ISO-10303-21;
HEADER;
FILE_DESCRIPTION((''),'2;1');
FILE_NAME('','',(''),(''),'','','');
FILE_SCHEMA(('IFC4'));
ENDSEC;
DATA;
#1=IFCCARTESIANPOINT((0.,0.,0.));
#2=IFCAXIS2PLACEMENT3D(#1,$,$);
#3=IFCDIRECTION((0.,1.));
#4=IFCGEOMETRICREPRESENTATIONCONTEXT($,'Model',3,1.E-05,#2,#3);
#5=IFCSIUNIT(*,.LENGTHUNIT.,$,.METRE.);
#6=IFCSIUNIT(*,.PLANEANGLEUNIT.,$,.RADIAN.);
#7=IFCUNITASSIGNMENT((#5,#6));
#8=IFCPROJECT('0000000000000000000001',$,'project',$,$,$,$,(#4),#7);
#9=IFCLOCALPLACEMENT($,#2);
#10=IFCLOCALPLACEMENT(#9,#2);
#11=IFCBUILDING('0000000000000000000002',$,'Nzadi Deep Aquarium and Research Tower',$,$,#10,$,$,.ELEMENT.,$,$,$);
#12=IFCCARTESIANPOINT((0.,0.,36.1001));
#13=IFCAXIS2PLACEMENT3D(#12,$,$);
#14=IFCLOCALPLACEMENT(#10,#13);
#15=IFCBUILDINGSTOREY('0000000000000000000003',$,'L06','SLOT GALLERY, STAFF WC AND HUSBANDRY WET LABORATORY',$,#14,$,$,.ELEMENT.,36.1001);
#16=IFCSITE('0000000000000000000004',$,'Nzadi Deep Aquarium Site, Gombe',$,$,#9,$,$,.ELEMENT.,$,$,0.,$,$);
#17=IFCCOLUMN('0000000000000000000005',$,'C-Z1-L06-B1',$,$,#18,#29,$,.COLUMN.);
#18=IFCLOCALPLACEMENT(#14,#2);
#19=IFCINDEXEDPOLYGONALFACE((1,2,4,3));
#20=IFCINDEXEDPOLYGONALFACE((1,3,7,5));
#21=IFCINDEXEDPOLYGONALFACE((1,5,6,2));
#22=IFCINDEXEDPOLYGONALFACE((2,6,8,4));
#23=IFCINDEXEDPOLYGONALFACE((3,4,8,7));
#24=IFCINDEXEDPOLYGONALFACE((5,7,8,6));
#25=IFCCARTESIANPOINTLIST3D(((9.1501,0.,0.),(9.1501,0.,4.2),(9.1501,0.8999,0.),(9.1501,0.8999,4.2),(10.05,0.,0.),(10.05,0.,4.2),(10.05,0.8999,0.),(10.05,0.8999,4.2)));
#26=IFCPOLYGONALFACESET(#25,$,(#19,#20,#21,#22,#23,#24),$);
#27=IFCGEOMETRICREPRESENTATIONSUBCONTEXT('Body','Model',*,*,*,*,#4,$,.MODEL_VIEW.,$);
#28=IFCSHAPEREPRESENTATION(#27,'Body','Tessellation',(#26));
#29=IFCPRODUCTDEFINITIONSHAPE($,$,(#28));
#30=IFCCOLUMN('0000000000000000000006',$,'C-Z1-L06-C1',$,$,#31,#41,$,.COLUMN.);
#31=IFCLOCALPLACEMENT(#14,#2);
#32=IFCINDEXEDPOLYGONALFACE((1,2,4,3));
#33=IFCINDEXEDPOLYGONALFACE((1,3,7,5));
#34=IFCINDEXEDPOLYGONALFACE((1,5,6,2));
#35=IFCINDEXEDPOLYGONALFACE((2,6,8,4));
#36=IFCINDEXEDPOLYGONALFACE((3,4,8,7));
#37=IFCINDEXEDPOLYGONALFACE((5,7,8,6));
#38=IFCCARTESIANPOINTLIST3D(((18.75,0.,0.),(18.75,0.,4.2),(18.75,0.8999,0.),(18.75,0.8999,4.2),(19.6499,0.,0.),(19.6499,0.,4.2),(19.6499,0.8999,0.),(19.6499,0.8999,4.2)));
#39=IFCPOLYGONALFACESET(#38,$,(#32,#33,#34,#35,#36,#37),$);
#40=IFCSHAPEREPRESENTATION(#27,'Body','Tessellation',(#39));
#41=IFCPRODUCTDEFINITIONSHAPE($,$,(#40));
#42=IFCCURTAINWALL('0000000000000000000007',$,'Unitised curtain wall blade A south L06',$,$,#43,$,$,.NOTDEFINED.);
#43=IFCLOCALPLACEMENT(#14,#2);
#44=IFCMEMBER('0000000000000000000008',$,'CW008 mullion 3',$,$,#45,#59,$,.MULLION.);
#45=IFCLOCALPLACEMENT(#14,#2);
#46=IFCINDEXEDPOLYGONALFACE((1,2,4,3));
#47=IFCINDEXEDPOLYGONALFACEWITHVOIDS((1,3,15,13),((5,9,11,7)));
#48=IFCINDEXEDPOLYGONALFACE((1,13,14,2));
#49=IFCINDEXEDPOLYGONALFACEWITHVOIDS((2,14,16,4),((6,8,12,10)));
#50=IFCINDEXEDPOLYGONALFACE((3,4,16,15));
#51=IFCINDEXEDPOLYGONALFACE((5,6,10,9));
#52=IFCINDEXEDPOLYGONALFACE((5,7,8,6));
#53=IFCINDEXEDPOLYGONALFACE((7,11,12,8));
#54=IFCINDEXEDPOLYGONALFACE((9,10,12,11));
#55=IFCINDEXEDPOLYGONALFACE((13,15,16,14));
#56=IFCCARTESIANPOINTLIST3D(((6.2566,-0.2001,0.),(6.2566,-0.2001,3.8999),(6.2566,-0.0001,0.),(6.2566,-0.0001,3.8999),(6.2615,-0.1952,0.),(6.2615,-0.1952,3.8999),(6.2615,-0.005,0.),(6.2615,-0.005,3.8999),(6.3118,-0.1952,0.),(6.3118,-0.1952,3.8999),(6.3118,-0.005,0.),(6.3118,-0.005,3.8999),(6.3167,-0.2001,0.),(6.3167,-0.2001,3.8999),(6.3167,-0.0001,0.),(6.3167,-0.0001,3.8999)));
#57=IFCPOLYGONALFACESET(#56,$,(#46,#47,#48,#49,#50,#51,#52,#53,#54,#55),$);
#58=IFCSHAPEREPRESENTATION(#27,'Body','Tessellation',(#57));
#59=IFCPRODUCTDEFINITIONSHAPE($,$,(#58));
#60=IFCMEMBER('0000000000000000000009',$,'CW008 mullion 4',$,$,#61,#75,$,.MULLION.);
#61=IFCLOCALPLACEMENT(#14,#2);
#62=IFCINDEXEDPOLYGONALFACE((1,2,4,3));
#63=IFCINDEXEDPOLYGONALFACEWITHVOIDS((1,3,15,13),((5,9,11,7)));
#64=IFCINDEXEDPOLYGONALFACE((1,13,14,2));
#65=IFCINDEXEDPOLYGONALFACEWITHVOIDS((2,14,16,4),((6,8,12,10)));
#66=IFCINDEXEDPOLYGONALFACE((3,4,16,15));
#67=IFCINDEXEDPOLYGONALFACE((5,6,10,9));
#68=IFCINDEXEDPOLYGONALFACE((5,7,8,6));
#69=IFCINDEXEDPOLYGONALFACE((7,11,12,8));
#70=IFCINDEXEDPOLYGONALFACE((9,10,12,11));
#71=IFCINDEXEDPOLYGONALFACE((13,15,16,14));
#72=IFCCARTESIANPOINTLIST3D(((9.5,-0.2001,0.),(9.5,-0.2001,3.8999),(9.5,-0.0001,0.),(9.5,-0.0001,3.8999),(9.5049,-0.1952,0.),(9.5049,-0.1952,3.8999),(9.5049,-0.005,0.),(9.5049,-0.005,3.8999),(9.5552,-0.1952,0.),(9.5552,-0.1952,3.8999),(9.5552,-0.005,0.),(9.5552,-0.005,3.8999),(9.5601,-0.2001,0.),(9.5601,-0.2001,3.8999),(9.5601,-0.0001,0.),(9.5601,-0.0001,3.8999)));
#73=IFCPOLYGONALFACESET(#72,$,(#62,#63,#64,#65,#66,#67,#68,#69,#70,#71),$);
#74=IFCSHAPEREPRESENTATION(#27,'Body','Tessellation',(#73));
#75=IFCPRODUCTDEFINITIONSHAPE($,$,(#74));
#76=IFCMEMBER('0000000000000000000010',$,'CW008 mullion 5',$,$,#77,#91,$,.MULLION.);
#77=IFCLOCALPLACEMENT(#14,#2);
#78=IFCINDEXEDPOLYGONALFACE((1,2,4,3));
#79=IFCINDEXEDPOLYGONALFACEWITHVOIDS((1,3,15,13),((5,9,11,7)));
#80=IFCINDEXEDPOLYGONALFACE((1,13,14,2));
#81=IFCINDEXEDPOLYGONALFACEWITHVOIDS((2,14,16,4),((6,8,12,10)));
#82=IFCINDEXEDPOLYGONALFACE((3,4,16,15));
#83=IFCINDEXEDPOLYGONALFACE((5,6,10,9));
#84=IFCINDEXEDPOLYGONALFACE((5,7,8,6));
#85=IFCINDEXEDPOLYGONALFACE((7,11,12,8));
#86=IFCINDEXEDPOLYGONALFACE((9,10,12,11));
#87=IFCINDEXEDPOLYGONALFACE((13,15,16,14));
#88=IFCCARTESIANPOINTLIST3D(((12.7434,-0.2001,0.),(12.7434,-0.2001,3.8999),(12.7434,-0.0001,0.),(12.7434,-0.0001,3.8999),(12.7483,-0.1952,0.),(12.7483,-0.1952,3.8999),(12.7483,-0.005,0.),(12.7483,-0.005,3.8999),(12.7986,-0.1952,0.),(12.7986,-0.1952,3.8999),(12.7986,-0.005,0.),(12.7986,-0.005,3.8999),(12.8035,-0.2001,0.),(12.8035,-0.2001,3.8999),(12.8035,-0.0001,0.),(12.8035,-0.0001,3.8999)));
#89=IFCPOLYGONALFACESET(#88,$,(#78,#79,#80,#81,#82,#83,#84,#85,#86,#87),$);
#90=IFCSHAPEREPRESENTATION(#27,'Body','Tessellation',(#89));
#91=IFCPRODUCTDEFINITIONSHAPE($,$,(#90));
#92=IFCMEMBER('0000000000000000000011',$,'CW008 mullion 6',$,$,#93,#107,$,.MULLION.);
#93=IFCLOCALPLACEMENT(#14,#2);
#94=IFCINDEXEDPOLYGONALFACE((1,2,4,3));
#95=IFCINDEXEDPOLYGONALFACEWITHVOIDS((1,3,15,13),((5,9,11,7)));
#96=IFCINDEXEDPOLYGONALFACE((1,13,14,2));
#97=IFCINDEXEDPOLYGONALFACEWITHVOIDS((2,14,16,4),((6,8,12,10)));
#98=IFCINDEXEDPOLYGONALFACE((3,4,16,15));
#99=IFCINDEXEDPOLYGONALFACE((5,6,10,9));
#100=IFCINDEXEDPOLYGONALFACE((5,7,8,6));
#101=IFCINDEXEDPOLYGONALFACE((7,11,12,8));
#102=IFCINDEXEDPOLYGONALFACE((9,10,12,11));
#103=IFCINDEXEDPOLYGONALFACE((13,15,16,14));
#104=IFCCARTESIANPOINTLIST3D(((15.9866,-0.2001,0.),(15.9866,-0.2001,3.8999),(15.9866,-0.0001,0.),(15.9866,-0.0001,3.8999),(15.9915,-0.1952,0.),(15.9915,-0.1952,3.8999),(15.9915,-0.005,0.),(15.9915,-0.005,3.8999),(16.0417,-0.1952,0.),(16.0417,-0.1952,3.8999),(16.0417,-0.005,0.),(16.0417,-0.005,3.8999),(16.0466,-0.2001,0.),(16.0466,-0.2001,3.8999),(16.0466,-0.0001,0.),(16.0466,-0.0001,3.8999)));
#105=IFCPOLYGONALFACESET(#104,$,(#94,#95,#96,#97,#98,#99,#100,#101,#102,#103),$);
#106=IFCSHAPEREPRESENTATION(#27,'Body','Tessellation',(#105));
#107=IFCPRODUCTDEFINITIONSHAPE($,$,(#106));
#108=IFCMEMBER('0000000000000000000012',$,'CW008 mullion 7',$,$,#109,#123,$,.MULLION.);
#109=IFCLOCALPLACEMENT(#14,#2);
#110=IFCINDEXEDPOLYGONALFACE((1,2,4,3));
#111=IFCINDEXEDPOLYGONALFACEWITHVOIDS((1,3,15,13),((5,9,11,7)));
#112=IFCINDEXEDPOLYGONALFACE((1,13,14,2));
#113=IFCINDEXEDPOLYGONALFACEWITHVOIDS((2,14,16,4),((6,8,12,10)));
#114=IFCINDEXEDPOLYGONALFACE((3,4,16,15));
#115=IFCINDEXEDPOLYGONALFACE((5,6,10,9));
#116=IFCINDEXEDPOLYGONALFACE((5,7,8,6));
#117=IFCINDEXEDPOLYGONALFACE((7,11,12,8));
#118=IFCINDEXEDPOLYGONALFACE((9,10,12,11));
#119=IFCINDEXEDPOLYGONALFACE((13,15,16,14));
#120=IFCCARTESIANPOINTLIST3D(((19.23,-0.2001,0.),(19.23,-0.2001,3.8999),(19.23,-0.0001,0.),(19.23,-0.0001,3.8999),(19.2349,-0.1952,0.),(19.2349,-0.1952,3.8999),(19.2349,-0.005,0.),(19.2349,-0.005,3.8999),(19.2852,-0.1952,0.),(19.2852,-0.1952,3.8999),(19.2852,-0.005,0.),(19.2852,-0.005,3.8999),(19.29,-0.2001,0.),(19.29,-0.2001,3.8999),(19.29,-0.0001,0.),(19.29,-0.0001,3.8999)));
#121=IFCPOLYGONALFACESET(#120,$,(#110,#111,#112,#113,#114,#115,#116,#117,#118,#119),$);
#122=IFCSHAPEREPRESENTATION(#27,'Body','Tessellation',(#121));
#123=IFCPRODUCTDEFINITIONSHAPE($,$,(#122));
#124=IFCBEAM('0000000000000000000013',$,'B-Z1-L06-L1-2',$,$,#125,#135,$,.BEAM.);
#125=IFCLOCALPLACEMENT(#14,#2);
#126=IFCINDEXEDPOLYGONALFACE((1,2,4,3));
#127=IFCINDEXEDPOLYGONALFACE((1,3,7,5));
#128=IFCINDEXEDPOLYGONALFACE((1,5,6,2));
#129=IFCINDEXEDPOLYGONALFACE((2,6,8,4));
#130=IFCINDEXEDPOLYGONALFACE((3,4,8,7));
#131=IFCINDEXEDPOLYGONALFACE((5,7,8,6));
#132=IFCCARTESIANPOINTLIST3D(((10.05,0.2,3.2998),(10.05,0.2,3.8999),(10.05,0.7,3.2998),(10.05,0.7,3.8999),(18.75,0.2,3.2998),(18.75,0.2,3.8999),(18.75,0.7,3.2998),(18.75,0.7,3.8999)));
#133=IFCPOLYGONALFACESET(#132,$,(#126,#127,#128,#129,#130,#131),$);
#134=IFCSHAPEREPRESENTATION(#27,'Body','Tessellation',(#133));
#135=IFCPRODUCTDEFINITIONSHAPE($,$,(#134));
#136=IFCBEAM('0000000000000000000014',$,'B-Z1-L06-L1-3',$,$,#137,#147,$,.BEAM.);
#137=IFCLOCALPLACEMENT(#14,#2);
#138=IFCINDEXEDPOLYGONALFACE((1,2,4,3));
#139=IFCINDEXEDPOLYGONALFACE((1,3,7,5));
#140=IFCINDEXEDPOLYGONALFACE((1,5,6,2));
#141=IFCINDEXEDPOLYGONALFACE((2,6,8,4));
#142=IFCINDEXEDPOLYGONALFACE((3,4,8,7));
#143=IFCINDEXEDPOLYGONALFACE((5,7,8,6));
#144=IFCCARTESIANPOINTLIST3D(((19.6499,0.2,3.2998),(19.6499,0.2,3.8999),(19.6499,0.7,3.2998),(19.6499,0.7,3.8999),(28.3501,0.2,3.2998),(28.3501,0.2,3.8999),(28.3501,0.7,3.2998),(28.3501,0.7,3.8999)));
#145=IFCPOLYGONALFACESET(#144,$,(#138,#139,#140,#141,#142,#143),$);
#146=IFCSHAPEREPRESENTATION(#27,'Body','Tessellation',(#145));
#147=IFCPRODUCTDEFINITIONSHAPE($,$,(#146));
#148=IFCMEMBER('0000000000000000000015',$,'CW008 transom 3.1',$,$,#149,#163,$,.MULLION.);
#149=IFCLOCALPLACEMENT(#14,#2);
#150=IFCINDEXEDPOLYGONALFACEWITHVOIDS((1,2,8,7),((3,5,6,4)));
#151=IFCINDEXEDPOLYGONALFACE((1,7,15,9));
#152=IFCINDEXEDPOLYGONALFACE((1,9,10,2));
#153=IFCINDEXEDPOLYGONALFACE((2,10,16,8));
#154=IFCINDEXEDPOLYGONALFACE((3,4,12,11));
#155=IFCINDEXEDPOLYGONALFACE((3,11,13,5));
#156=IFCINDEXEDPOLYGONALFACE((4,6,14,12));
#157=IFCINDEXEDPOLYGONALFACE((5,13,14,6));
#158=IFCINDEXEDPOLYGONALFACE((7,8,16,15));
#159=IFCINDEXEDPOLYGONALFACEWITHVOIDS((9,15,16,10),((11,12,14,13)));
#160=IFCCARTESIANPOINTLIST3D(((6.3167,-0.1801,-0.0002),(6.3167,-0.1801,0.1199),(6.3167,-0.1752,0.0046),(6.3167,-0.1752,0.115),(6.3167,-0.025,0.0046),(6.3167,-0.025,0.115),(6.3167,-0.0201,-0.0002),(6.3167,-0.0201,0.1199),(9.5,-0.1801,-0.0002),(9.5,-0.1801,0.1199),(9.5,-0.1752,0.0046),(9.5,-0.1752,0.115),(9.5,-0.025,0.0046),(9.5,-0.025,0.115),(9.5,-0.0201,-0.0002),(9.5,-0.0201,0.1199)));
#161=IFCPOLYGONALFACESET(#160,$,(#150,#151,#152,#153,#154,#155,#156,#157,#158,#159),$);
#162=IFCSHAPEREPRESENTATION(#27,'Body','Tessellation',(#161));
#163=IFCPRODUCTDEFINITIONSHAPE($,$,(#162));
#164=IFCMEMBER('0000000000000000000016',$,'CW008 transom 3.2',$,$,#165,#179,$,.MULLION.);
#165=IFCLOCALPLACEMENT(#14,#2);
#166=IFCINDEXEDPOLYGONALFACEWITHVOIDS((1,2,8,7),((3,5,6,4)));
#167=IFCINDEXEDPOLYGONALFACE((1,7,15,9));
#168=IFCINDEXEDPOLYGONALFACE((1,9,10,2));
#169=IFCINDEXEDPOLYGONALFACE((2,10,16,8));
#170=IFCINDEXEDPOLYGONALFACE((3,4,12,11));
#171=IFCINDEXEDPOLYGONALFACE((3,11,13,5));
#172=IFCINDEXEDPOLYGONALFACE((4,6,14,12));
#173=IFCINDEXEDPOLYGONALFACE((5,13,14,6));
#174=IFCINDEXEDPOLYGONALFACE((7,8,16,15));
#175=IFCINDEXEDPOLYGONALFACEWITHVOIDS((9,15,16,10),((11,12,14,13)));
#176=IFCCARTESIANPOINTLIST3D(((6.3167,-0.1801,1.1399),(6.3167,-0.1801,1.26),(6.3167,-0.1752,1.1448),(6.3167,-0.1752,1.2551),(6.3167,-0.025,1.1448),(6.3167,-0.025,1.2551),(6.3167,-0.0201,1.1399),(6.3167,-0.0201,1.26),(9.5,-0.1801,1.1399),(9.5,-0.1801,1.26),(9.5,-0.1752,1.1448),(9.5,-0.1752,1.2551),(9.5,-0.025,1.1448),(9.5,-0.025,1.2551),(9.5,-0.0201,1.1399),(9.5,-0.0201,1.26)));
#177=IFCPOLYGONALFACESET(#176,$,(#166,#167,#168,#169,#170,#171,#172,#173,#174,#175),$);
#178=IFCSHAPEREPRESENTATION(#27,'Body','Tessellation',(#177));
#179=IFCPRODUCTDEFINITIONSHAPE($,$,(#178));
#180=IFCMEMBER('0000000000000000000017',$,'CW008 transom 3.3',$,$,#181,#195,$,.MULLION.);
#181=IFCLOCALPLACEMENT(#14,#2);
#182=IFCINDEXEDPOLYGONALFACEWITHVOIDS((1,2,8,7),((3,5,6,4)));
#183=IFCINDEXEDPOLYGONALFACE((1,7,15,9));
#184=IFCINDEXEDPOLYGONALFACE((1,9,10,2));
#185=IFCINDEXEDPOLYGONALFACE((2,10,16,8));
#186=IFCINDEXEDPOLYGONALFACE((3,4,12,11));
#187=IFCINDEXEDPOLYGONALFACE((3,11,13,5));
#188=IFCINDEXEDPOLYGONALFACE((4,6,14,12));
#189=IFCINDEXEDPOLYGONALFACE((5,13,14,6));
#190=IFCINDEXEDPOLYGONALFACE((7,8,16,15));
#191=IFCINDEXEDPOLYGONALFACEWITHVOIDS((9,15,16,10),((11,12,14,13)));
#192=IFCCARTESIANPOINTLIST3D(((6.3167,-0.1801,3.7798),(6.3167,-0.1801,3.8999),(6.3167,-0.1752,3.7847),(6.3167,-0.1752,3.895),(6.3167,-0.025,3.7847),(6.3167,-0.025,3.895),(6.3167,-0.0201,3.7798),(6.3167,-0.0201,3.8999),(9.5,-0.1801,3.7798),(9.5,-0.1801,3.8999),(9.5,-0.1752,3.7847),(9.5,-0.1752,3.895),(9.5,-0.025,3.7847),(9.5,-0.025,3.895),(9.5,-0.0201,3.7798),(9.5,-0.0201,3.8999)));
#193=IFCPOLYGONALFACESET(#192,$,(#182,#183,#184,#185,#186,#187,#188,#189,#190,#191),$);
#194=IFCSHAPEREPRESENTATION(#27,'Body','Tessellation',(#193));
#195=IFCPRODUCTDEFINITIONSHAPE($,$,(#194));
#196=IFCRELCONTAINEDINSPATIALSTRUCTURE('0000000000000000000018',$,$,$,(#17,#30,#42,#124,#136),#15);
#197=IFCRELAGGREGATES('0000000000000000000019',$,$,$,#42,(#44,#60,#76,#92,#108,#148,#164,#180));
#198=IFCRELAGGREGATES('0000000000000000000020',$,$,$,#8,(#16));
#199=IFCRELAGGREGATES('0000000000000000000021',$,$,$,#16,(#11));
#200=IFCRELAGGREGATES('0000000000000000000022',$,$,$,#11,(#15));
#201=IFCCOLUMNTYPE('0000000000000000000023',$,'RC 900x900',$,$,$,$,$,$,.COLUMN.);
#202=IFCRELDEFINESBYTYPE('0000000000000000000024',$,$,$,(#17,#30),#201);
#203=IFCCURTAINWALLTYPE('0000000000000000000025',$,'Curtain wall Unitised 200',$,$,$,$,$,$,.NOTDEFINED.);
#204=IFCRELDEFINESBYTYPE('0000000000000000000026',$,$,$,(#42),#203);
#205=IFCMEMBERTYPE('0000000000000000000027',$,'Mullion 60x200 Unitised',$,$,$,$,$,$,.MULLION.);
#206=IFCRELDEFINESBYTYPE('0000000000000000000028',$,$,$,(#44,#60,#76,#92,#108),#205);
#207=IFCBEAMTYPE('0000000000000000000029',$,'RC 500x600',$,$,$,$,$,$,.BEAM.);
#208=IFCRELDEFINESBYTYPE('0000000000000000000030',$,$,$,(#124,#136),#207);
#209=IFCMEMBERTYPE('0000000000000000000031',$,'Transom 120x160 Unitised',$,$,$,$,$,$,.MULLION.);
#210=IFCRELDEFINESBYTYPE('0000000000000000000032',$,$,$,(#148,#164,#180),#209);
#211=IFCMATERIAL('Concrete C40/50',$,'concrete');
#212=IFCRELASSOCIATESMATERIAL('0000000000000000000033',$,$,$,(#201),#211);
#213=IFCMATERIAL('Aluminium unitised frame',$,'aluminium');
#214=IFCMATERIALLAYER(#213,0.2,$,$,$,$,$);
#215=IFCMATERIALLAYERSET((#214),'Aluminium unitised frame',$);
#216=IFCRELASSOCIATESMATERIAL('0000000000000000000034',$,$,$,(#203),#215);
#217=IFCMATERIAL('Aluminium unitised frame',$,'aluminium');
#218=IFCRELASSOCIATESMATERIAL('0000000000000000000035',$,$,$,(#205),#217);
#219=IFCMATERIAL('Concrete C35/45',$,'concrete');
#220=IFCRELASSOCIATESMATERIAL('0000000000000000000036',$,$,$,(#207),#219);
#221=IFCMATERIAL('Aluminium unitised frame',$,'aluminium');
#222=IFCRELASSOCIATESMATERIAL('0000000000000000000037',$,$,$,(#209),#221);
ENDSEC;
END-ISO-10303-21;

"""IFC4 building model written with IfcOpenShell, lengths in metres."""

from ifc_helpers import new_model, si_unit, direction, frame, origin, origin_2d, place, context, subcontext, project, spatial, rectangle, hollow_rectangle, extrude, material, layer, layer_set, material_profile, profile_set, type_object, element, aggregate, save


model = new_model("IFC4")

# Units and contexts
model_context = context("Model", 3, precision=1e-05, world=origin(), true_north=direction((0.0, 1.0)))
body_context = subcontext(model_context, "Body", "Model", "MODEL_VIEW")
ifc_project = project(units=[si_unit("LENGTHUNIT", "METRE"), si_unit("PLANEANGLEUNIT", "RADIAN")], contexts=[model_context])

# Site, building, storey
site_placement = place(None, origin())
site = spatial("IfcSite", under=ifc_project, at=site_placement, Name="Nzadi Deep Aquarium Site, Gombe", CompositionType="ELEMENT", RefElevation=0.0)
building_placement = place(site_placement, origin())
building = spatial("IfcBuilding", under=site, at=building_placement, Name="Nzadi Deep Aquarium and Research Tower", CompositionType="ELEMENT")
storey_placement = place(building_placement, frame((0.0, 0.0, 36.1001)))
storey = spatial("IfcBuildingStorey", under=building, at=storey_placement, Name="L06", Description="SLOT GALLERY, STAFF WC AND HUSBANDRY WET LABORATORY", CompositionType="ELEMENT", Elevation=36.1001)

# Columns
ifc_material_1 = material(Name="Concrete C40/50", Category="concrete")
ifc_material_profile_1 = material_profile(ifc_material_1, rectangle(XDim=0.8999, YDim=0.8999, at=origin_2d()))
ifc_profile_set_1 = profile_set([ifc_material_profile_1], Name="Concrete C40/50")
column_type = type_object("IfcColumnType", Name="RC 900x900", PredefinedType="COLUMN", material=ifc_profile_set_1)
for number, where, z_axis, x_axis, name in (
    (1, (9.6001, 0.45, 0.0), (0.0, 0.0, 1.0), (1.0, 0.0, 0.0), "C-Z1-L06-B1"),
    (2, (19.2, 0.45, 0.0), (0.0, 0.0, 1.0), (1.0, 0.0, 0.0), "C-Z1-L06-C1"),
):
    element("IfcColumn", number, at=place(storey_placement, frame(where, z_axis=z_axis, x_axis=x_axis)), inside=storey, type_object=column_type, Name=name, PredefinedType="COLUMN", context=body_context, shape_type="SweptSolid", body=[
        extrude(rectangle(XDim=0.8999, YDim=0.8999, at=origin_2d()), origin(), (0.0, 0.0, 1.0), 4.2),
    ])

# Curtain wall, members
ifc_material_2 = material(Name="Aluminium unitised frame", Category="aluminium")
ifc_layer_1 = layer(ifc_material_2, 0.2)
ifc_layer_set_1 = layer_set([ifc_layer_1], Name="Aluminium unitised frame")
curtain_wall_type = type_object("IfcCurtainWallType", Name="Curtain wall Unitised 200", PredefinedType="NOTDEFINED", material=ifc_layer_set_1)
curtain_wall_placement = place(storey_placement, origin())
curtain_wall = element("IfcCurtainWall", 3, at=curtain_wall_placement, inside=storey, type_object=curtain_wall_type, Name="Unitised curtain wall blade A south L06", PredefinedType="NOTDEFINED")
ifc_material_3 = material(Name="Aluminium unitised frame", Category="aluminium")
ifc_material_profile_2 = material_profile(ifc_material_3, hollow_rectangle(XDim=0.2, YDim=0.0601, WallThickness=0.0049, at=origin_2d()))
ifc_profile_set_2 = profile_set([ifc_material_profile_2], Name="Aluminium unitised frame")
member_type_1 = type_object("IfcMemberType", Name="Mullion 60x200 Unitised", PredefinedType="MULLION", material=ifc_profile_set_2)
member_1_placement = place(storey_placement, frame((6.2866, -0.1001, 0.0), z_axis=(0.0, 0.0, 1.0), x_axis=(0.0, 1.0, 0.0)))
member_1 = element("IfcMember", 4, at=member_1_placement, type_object=member_type_1, Name="CW008 mullion 3", PredefinedType="MULLION", context=body_context, shape_type="SweptSolid", body=[
    extrude(hollow_rectangle(XDim=0.2, YDim=0.0601, WallThickness=0.0049, at=origin_2d()), origin(), (0.0, 0.0, 1.0), 3.8999),
])
member_2_placement = place(storey_placement, frame((9.53, -0.1001, 0.0), z_axis=(0.0, 0.0, 1.0), x_axis=(0.0, 1.0, 0.0)))
member_2 = element("IfcMember", 5, at=member_2_placement, type_object=member_type_1, Name="CW008 mullion 4", PredefinedType="MULLION", context=body_context, shape_type="SweptSolid", body=[
    extrude(hollow_rectangle(XDim=0.2, YDim=0.0601, WallThickness=0.0049, at=origin_2d()), origin(), (0.0, 0.0, 1.0), 3.8999),
])
member_3_placement = place(storey_placement, frame((12.7734, -0.1001, 0.0), z_axis=(0.0, 0.0, 1.0), x_axis=(0.0, 1.0, 0.0)))
member_3 = element("IfcMember", 6, at=member_3_placement, type_object=member_type_1, Name="CW008 mullion 5", PredefinedType="MULLION", context=body_context, shape_type="SweptSolid", body=[
    extrude(hollow_rectangle(XDim=0.2, YDim=0.0601, WallThickness=0.0049, at=origin_2d()), origin(), (0.0, 0.0, 1.0), 3.8999),
])
member_4_placement = place(storey_placement, frame((16.0166, -0.1001, 0.0), z_axis=(0.0, 0.0, 1.0), x_axis=(0.0, 1.0, 0.0)))
member_4 = element("IfcMember", 7, at=member_4_placement, type_object=member_type_1, Name="CW008 mullion 6", PredefinedType="MULLION", context=body_context, shape_type="SweptSolid", body=[
    extrude(hollow_rectangle(XDim=0.2, YDim=0.0601, WallThickness=0.0049, at=origin_2d()), origin(), (0.0, 0.0, 1.0), 3.8999),
])
member_5_placement = place(storey_placement, frame((19.26, -0.1001, 0.0), z_axis=(0.0, 0.0, 1.0), x_axis=(0.0, 1.0, 0.0)))
member_5 = element("IfcMember", 8, at=member_5_placement, type_object=member_type_1, Name="CW008 mullion 7", PredefinedType="MULLION", context=body_context, shape_type="SweptSolid", body=[
    extrude(hollow_rectangle(XDim=0.2, YDim=0.0601, WallThickness=0.0049, at=origin_2d()), origin(), (0.0, 0.0, 1.0), 3.8999),
])

# Beams
ifc_material_4 = material(Name="Concrete C35/45", Category="concrete")
ifc_material_profile_3 = material_profile(ifc_material_4, rectangle(XDim=0.5, YDim=0.6001, at=origin_2d()))
ifc_profile_set_3 = profile_set([ifc_material_profile_3], Name="Concrete C35/45")
beam_type = type_object("IfcBeamType", Name="RC 500x600", PredefinedType="BEAM", material=ifc_profile_set_3)
beam_1_placement = place(storey_placement, frame((10.05, 0.45, 3.5999), z_axis=(1.0, 0.0, 0.0), x_axis=(0.0, 1.0, 0.0)))
element("IfcBeam", 9, at=beam_1_placement, inside=storey, type_object=beam_type, Name="B-Z1-L06-L1-2", PredefinedType="BEAM", context=body_context, shape_type="SweptSolid", body=[
    extrude(rectangle(XDim=0.5, YDim=0.6001, at=origin_2d()), origin(), (0.0, 0.0, 1.0), 8.7),
])
beam_2_placement = place(storey_placement, frame((19.6499, 0.45, 3.5999), z_axis=(1.0, 0.0, 0.0), x_axis=(0.0, 1.0, 0.0)))
element("IfcBeam", 10, at=beam_2_placement, inside=storey, type_object=beam_type, Name="B-Z1-L06-L1-3", PredefinedType="BEAM", context=body_context, shape_type="SweptSolid", body=[
    extrude(rectangle(XDim=0.5, YDim=0.6001, at=origin_2d()), origin(), (0.0, 0.0, 1.0), 8.7002),
])

# Members
ifc_material_5 = material(Name="Aluminium unitised frame", Category="aluminium")
ifc_material_profile_4 = material_profile(ifc_material_5, hollow_rectangle(XDim=0.1599, YDim=0.1201, WallThickness=0.0049, at=origin_2d()))
ifc_profile_set_4 = profile_set([ifc_material_profile_4], Name="Aluminium unitised frame")
member_type_2 = type_object("IfcMemberType", Name="Transom 120x160 Unitised", PredefinedType="MULLION", material=ifc_profile_set_4)
member_6_placement = place(storey_placement, frame((6.3167, -0.1001, 0.0598), z_axis=(1.0, 0.0, 0.0), x_axis=(0.0, 1.0, 0.0)))
member_6 = element("IfcMember", 11, at=member_6_placement, type_object=member_type_2, Name="CW008 transom 3.1", PredefinedType="MULLION", context=body_context, shape_type="SweptSolid", body=[
    extrude(hollow_rectangle(XDim=0.1599, YDim=0.1201, WallThickness=0.0049, at=origin_2d()), origin(), (0.0, 0.0, 1.0), 3.1833),
])
member_7_placement = place(storey_placement, frame((6.3167, -0.1001, 1.2), z_axis=(1.0, 0.0, 0.0), x_axis=(0.0, 1.0, 0.0)))
member_7 = element("IfcMember", 12, at=member_7_placement, type_object=member_type_2, Name="CW008 transom 3.2", PredefinedType="MULLION", context=body_context, shape_type="SweptSolid", body=[
    extrude(hollow_rectangle(XDim=0.1599, YDim=0.1201, WallThickness=0.0049, at=origin_2d()), origin(), (0.0, 0.0, 1.0), 3.1833),
])
member_8_placement = place(storey_placement, frame((6.3167, -0.1001, 3.8398), z_axis=(1.0, 0.0, 0.0), x_axis=(0.0, 1.0, 0.0)))
member_8 = element("IfcMember", 13, at=member_8_placement, type_object=member_type_2, Name="CW008 transom 3.3", PredefinedType="MULLION", context=body_context, shape_type="SweptSolid", body=[
    extrude(hollow_rectangle(XDim=0.1599, YDim=0.1201, WallThickness=0.0049, at=origin_2d()), origin(), (0.0, 0.0, 1.0), 3.1833),
])

aggregate(curtain_wall, [member_1, member_2, member_3, member_4, member_5, member_6, member_7, member_8])

save(model, "model.ifc")
